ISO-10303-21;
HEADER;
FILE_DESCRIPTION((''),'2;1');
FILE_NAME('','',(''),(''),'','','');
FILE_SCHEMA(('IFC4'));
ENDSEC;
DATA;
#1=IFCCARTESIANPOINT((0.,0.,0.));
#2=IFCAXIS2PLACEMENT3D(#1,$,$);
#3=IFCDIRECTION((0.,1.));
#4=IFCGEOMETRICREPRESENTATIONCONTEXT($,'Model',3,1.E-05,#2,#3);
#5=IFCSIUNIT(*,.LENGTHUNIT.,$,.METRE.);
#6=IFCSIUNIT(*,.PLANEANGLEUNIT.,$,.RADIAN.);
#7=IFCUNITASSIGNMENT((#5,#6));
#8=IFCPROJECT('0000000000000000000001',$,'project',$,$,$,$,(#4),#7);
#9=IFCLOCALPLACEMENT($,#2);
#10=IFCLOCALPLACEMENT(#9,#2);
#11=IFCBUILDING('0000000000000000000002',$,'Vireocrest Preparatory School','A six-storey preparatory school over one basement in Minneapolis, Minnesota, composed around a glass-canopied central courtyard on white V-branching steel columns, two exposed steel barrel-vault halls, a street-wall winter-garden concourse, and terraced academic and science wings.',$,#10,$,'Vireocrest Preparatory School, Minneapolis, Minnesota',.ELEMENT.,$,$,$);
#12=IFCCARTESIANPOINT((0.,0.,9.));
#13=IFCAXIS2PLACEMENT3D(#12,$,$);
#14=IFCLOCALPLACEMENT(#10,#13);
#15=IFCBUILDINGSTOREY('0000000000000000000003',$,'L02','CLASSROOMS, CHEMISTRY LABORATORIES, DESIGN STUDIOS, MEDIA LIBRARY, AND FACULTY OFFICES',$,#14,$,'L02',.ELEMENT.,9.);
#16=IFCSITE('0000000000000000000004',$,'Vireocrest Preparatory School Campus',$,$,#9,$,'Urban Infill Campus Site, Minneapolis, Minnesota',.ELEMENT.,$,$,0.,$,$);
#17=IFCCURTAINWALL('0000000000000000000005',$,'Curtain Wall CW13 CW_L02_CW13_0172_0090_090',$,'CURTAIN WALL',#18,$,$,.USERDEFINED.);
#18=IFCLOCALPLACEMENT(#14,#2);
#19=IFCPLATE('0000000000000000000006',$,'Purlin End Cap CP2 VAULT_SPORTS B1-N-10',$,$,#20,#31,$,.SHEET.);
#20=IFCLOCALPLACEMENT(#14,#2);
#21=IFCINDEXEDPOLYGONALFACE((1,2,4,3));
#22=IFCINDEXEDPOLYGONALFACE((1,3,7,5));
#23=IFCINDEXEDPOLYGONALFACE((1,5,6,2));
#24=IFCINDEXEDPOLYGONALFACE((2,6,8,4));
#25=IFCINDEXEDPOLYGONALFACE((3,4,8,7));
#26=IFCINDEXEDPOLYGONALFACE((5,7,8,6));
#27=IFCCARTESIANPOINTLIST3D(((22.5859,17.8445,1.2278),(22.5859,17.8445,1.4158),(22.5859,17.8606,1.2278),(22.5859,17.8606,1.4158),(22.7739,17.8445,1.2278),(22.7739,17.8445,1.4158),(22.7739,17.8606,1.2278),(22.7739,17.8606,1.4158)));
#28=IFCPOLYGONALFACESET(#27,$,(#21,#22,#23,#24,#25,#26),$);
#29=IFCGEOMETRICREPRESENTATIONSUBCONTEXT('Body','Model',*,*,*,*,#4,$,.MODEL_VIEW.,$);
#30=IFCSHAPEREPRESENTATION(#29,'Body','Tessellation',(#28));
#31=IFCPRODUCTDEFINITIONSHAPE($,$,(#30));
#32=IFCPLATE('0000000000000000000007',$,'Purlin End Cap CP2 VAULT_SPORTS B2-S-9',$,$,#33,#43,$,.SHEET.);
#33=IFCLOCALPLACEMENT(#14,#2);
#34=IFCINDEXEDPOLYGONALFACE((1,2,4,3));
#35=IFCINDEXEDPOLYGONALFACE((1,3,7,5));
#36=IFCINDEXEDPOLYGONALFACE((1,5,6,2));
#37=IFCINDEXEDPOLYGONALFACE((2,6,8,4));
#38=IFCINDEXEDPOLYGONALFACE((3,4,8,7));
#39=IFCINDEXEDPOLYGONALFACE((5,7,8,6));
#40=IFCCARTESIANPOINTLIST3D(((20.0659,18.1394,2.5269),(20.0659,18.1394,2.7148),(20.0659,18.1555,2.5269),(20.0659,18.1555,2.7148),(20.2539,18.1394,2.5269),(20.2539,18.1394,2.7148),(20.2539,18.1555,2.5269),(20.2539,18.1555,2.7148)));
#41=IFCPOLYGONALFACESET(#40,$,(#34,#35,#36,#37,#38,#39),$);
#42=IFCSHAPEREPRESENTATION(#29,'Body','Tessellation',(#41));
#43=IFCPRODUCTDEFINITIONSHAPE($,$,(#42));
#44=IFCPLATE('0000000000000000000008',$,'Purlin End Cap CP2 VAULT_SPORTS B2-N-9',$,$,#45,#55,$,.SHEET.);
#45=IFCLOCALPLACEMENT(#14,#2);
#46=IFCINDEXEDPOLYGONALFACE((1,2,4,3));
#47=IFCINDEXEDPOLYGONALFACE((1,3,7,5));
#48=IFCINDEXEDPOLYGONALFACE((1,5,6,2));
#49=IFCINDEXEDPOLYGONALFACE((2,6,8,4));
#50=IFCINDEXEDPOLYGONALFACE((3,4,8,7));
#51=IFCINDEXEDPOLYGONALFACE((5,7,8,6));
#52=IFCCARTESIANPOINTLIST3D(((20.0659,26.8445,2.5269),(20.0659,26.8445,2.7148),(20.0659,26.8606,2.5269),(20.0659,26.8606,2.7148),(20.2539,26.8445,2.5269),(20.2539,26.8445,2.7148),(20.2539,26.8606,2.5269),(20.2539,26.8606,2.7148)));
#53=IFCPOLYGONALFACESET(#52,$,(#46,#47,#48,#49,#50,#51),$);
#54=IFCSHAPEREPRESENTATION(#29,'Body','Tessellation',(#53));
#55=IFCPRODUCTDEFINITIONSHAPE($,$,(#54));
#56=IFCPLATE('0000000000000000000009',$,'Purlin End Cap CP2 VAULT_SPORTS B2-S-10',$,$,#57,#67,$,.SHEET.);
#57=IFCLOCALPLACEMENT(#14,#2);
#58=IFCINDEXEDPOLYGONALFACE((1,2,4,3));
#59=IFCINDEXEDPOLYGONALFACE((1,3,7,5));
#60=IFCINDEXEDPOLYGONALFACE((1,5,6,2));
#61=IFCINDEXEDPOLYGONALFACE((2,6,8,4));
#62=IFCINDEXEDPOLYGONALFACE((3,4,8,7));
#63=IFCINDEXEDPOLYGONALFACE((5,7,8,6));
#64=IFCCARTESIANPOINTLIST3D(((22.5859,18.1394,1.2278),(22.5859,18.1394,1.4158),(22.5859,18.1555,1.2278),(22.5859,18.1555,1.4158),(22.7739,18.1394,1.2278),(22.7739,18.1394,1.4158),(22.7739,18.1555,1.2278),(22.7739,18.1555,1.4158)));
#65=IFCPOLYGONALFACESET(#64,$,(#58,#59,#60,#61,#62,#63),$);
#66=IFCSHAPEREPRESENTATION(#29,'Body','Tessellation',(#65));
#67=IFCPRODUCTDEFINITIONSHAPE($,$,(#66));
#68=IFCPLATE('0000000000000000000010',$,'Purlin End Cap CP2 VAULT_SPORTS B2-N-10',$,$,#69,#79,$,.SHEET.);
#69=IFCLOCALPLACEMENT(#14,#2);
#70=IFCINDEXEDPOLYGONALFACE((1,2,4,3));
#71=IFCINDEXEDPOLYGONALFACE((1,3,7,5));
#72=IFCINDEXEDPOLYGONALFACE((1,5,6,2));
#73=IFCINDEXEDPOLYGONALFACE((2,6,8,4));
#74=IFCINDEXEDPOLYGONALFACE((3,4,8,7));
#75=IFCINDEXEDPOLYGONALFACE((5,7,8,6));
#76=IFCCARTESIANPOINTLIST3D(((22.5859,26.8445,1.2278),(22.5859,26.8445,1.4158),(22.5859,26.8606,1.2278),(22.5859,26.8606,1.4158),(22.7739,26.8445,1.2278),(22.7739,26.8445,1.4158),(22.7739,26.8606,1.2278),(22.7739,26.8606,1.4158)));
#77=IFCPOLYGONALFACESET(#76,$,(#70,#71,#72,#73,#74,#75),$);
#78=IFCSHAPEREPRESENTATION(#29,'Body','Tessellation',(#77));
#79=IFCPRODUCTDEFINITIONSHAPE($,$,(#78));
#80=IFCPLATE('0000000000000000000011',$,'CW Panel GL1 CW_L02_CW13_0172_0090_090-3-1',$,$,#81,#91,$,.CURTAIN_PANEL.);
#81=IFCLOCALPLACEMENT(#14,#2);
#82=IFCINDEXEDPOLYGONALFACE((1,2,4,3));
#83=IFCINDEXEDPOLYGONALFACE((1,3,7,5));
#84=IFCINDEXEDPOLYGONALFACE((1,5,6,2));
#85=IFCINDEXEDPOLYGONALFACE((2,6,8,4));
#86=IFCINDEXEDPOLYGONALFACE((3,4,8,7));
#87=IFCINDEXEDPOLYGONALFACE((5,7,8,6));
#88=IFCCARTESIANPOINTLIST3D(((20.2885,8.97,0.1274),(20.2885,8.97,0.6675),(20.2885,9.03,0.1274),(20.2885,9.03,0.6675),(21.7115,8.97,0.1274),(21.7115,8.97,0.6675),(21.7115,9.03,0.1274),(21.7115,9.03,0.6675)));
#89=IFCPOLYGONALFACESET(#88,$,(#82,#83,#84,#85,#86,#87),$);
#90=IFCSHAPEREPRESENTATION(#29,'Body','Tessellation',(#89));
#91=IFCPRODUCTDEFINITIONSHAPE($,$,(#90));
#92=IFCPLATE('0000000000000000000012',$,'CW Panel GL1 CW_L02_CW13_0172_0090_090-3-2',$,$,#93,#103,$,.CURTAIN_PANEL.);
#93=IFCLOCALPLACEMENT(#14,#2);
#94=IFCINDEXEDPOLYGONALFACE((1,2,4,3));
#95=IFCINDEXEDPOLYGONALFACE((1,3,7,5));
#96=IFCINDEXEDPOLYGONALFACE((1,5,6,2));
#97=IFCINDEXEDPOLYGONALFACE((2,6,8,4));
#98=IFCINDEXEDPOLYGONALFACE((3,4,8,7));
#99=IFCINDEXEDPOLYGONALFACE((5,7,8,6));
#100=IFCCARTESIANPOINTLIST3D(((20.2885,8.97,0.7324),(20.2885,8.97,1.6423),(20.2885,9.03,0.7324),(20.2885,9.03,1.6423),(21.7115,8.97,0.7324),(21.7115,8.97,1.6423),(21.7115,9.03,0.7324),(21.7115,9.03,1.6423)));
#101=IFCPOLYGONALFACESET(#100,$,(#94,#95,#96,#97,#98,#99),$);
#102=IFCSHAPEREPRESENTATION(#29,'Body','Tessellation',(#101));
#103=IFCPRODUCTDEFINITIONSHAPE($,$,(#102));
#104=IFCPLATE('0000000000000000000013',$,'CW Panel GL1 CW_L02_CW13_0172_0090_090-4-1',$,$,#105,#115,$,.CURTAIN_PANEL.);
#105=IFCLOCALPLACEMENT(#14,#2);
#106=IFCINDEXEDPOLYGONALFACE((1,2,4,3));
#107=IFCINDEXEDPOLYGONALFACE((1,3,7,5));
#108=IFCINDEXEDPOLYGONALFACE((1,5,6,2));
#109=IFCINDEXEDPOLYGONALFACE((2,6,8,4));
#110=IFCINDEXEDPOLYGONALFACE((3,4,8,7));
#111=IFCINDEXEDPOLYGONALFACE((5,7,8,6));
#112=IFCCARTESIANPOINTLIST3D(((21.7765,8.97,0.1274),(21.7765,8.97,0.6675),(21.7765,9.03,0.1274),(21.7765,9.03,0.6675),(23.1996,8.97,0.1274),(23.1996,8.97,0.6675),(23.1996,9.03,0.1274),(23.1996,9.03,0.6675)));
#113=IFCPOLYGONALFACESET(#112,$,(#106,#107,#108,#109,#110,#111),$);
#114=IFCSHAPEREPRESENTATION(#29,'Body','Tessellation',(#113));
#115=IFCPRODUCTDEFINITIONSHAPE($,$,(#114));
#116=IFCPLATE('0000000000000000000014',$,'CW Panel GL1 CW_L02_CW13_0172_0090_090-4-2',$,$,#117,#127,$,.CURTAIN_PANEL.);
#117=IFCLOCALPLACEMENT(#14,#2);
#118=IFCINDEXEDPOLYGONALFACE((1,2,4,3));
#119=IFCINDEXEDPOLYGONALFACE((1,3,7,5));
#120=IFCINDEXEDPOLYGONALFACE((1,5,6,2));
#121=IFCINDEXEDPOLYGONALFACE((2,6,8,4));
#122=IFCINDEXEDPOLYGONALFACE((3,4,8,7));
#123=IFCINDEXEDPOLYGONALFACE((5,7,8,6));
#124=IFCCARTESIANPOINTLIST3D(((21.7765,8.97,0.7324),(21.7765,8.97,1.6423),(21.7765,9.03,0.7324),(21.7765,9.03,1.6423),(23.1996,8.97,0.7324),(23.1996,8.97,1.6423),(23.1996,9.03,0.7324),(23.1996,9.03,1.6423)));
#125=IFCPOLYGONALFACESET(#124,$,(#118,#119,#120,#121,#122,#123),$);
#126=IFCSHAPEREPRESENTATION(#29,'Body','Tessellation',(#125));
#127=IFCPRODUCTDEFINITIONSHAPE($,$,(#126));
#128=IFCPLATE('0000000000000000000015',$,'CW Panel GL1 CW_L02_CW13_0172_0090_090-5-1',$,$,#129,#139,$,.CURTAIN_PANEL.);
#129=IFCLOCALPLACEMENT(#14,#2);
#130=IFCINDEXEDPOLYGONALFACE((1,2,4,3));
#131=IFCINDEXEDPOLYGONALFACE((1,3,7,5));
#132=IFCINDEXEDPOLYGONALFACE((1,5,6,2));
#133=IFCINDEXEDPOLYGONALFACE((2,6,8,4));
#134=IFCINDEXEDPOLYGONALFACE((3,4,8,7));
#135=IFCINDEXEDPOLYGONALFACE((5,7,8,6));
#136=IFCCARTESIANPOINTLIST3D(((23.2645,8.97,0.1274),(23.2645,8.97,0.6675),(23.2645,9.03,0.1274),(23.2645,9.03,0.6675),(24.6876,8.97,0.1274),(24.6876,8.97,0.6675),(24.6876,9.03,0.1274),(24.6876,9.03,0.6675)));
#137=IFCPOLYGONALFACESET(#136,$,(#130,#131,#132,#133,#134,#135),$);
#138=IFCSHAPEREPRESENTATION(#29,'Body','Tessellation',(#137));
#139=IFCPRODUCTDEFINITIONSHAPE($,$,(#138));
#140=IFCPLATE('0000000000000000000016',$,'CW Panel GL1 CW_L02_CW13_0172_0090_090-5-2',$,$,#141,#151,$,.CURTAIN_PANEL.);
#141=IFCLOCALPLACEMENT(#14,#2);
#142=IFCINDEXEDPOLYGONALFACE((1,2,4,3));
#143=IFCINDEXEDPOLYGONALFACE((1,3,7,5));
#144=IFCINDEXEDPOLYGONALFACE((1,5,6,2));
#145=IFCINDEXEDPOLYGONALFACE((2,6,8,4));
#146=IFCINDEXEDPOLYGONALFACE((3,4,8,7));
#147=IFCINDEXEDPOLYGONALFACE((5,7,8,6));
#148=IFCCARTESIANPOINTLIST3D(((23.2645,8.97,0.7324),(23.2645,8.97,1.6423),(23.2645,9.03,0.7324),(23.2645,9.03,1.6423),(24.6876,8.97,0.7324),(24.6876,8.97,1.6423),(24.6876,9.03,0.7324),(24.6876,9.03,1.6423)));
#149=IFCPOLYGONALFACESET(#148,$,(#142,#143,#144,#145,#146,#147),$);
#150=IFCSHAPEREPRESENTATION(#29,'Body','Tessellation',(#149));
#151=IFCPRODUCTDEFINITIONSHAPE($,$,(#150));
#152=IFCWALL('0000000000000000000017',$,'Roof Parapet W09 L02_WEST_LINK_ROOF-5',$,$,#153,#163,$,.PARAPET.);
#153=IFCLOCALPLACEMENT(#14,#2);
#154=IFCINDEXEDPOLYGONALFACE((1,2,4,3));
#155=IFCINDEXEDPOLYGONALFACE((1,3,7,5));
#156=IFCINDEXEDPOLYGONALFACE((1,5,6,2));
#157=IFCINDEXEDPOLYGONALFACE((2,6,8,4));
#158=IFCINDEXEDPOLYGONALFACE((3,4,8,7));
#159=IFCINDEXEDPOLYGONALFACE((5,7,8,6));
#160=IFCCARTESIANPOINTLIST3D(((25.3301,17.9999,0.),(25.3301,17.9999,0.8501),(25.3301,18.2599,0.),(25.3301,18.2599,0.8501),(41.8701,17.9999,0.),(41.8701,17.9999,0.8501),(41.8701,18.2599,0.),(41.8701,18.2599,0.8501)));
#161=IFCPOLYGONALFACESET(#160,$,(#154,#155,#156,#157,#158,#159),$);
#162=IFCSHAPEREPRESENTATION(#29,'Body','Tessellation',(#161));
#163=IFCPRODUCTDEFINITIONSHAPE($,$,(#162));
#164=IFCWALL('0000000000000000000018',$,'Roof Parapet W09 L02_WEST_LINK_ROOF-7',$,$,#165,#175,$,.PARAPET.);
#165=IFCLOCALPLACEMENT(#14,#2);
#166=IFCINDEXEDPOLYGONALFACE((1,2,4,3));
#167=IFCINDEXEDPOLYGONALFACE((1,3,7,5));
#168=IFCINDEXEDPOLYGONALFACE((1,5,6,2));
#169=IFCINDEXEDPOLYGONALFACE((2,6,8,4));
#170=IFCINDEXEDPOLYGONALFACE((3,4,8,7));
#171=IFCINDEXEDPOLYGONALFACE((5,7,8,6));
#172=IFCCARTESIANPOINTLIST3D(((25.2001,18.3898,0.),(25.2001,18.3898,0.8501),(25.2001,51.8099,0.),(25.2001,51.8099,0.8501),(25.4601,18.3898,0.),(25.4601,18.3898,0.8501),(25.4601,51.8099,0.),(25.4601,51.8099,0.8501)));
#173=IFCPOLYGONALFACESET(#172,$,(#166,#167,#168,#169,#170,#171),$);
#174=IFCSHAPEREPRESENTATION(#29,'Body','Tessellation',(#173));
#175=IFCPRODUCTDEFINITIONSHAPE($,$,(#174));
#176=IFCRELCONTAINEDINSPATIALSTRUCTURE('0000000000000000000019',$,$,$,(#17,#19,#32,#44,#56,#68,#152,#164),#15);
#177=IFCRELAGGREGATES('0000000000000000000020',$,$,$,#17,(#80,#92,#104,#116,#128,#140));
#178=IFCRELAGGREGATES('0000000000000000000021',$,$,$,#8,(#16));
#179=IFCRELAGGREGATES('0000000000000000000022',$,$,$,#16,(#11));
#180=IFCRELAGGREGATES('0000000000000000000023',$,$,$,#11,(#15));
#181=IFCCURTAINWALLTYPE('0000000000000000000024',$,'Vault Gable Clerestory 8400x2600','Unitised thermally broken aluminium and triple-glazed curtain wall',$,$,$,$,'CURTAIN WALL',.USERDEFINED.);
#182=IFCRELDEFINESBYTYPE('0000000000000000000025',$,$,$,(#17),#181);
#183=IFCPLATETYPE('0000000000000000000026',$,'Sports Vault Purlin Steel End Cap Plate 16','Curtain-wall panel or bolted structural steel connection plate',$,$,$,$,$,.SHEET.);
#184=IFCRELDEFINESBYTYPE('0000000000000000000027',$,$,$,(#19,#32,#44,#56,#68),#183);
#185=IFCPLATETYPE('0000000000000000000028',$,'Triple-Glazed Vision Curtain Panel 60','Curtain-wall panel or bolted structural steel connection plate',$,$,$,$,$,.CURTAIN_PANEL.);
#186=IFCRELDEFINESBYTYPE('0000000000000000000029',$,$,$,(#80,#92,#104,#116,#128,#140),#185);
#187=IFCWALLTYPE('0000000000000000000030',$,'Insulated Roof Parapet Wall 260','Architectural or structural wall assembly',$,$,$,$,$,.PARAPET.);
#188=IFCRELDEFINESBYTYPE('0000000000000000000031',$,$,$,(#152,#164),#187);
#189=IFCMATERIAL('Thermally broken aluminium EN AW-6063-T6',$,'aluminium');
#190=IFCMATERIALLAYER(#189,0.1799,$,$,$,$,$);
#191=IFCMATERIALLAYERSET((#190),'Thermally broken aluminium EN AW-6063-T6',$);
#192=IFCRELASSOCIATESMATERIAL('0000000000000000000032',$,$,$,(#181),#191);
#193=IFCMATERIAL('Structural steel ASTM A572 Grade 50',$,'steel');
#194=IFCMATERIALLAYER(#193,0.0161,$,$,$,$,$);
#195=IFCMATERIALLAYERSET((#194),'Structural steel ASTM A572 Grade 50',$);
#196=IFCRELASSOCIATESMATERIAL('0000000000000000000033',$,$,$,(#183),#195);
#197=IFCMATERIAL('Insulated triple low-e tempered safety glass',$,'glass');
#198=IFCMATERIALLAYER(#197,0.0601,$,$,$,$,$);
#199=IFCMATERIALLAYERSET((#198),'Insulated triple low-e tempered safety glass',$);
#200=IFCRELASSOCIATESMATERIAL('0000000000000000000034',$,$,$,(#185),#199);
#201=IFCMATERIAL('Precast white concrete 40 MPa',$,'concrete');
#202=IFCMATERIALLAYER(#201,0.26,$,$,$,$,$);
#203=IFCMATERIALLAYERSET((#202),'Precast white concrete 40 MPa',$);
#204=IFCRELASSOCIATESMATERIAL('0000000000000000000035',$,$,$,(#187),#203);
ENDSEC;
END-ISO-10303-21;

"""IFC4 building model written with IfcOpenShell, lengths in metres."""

from ifc_helpers import new_model, si_unit, direction, frame, frame_2d, origin, origin_2d, place, context, subcontext, project, spatial, rectangle, extrude, material, layer, layer_set, type_object, element, aggregate, save


model = new_model("IFC4")

# Units and contexts
model_context = context("Model", 3, precision=1e-05, world=origin(), true_north=direction((0.0, 1.0)))
body_context = subcontext(model_context, "Body", "Model", "MODEL_VIEW")
ifc_project = project(units=[si_unit("LENGTHUNIT", "METRE"), si_unit("PLANEANGLEUNIT", "RADIAN")], contexts=[model_context])

# Site, building, storey
site_placement = place(None, origin())
site = spatial("IfcSite", under=ifc_project, at=site_placement, Name="Vireocrest Preparatory School Campus", LongName="Urban Infill Campus Site, Minneapolis, Minnesota", CompositionType="ELEMENT", RefElevation=0.0)
building_placement = place(site_placement, origin())
building = spatial("IfcBuilding", under=site, at=building_placement, Name="Vireocrest Preparatory School", Description="A six-storey preparatory school over one basement in Minneapolis, Minnesota, composed around a glass-canopied central courtyard on white V-branching steel columns, two exposed steel barrel-vault halls, a street-wall winter-garden concourse, and terraced academic and science wings.", LongName="Vireocrest Preparatory School, Minneapolis, Minnesota", CompositionType="ELEMENT")
storey_placement = place(building_placement, frame((0.0, 0.0, 9.0)))
storey = spatial("IfcBuildingStorey", under=building, at=storey_placement, Name="L02", Description="CLASSROOMS, CHEMISTRY LABORATORIES, DESIGN STUDIOS, MEDIA LIBRARY, AND FACULTY OFFICES", LongName="L02", CompositionType="ELEMENT", Elevation=9.0)

# Curtain wall
ifc_material_1 = material(Name="Thermally broken aluminium EN AW-6063-T6", Category="aluminium")
ifc_layer_1 = layer(ifc_material_1, 0.1799)
ifc_layer_set_1 = layer_set([ifc_layer_1], Name="Thermally broken aluminium EN AW-6063-T6")
curtain_wall_type = type_object("IfcCurtainWallType", Name="Vault Gable Clerestory 8400x2600", Description="Unitised thermally broken aluminium and triple-glazed curtain wall", ElementType="CURTAIN WALL", PredefinedType="USERDEFINED", material=ifc_layer_set_1)
curtain_wall_placement = place(storey_placement, origin())
curtain_wall = element("IfcCurtainWall", 1, at=curtain_wall_placement, inside=storey, type_object=curtain_wall_type, Name="Curtain Wall CW13 CW_L02_CW13_0172_0090_090", ObjectType="CURTAIN WALL", PredefinedType="USERDEFINED")

# Plates
ifc_material_2 = material(Name="Structural steel ASTM A572 Grade 50", Category="steel")
ifc_layer_2 = layer(ifc_material_2, 0.0161)
ifc_layer_set_2 = layer_set([ifc_layer_2], Name="Structural steel ASTM A572 Grade 50")
plate_type_1 = type_object("IfcPlateType", Name="Sports Vault Purlin Steel End Cap Plate 16", Description="Curtain-wall panel or bolted structural steel connection plate", PredefinedType="SHEET", material=ifc_layer_set_2)
for number, where, z_axis, x_axis, name in (
    (2, (22.6799, 17.8525, 1.2278), (0.0, 0.0, 1.0), (1.0, 0.0, 0.0), "Purlin End Cap CP2 VAULT_SPORTS B1-N-10"),
    (3, (20.1599, 18.1475, 2.5269), (0.0, 0.0, 1.0), (1.0, 0.0, 0.0), "Purlin End Cap CP2 VAULT_SPORTS B2-S-9"),
    (4, (20.1599, 26.8525, 2.5269), (0.0, 0.0, 1.0), (1.0, 0.0, 0.0), "Purlin End Cap CP2 VAULT_SPORTS B2-N-9"),
    (5, (22.6799, 18.1475, 1.2278), (0.0, 0.0, 1.0), (1.0, 0.0, 0.0), "Purlin End Cap CP2 VAULT_SPORTS B2-S-10"),
    (6, (22.6799, 26.8525, 1.2278), (0.0, 0.0, 1.0), (1.0, 0.0, 0.0), "Purlin End Cap CP2 VAULT_SPORTS B2-N-10"),
):
    element("IfcPlate", number, at=place(storey_placement, frame(where, z_axis=z_axis, x_axis=x_axis)), inside=storey, type_object=plate_type_1, Name=name, PredefinedType="SHEET", context=body_context, shape_type="SweptSolid", body=[
        extrude(rectangle(XDim=0.188, YDim=0.0161, at=origin_2d()), origin(), (0.0, 0.0, 1.0), 0.188),
    ])

# Plates
ifc_material_3 = material(Name="Insulated triple low-e tempered safety glass", Category="glass")
ifc_layer_3 = layer(ifc_material_3, 0.0601)
ifc_layer_set_3 = layer_set([ifc_layer_3], Name="Insulated triple low-e tempered safety glass")
plate_type_2 = type_object("IfcPlateType", Name="Triple-Glazed Vision Curtain Panel 60", Description="Curtain-wall panel or bolted structural steel connection plate", PredefinedType="CURTAIN_PANEL", material=ifc_layer_set_3)
plate_1_placement = place(storey_placement, frame((21.0, 9.0, 0.1274), z_axis=(0.0, 0.0, 1.0), x_axis=(1.0, 0.0, 0.0)))
plate_1 = element("IfcPlate", 7, at=plate_1_placement, type_object=plate_type_2, Name="CW Panel GL1 CW_L02_CW13_0172_0090_090-3-1", PredefinedType="CURTAIN_PANEL", context=body_context, shape_type="SweptSolid", body=[
    extrude(rectangle(XDim=1.4231, YDim=0.0601, at=origin_2d()), origin(), (0.0, 0.0, 1.0), 0.54),
])
plate_2_placement = place(storey_placement, frame((21.0, 9.0, 0.7324), z_axis=(0.0, 0.0, 1.0), x_axis=(1.0, 0.0, 0.0)))
plate_2 = element("IfcPlate", 8, at=plate_2_placement, type_object=plate_type_2, Name="CW Panel GL1 CW_L02_CW13_0172_0090_090-3-2", PredefinedType="CURTAIN_PANEL", context=body_context, shape_type="SweptSolid", body=[
    extrude(rectangle(XDim=1.4231, YDim=0.0601, at=origin_2d()), origin(), (0.0, 0.0, 1.0), 0.9099),
])
plate_3_placement = place(storey_placement, frame((22.488, 9.0, 0.1274), z_axis=(0.0, 0.0, 1.0), x_axis=(1.0, 0.0, 0.0)))
plate_3 = element("IfcPlate", 9, at=plate_3_placement, type_object=plate_type_2, Name="CW Panel GL1 CW_L02_CW13_0172_0090_090-4-1", PredefinedType="CURTAIN_PANEL", context=body_context, shape_type="SweptSolid", body=[
    extrude(rectangle(XDim=1.4231, YDim=0.0601, at=origin_2d()), origin(), (0.0, 0.0, 1.0), 0.54),
])
plate_4_placement = place(storey_placement, frame((22.488, 9.0, 0.7324), z_axis=(0.0, 0.0, 1.0), x_axis=(1.0, 0.0, 0.0)))
plate_4 = element("IfcPlate", 10, at=plate_4_placement, type_object=plate_type_2, Name="CW Panel GL1 CW_L02_CW13_0172_0090_090-4-2", PredefinedType="CURTAIN_PANEL", context=body_context, shape_type="SweptSolid", body=[
    extrude(rectangle(XDim=1.4231, YDim=0.0601, at=origin_2d()), origin(), (0.0, 0.0, 1.0), 0.9099),
])
plate_5_placement = place(storey_placement, frame((23.9761, 9.0, 0.1274), z_axis=(0.0, 0.0, 1.0), x_axis=(1.0, 0.0, 0.0)))
plate_5 = element("IfcPlate", 11, at=plate_5_placement, type_object=plate_type_2, Name="CW Panel GL1 CW_L02_CW13_0172_0090_090-5-1", PredefinedType="CURTAIN_PANEL", context=body_context, shape_type="SweptSolid", body=[
    extrude(rectangle(XDim=1.4231, YDim=0.0601, at=origin_2d()), origin(), (0.0, 0.0, 1.0), 0.54),
])
plate_6_placement = place(storey_placement, frame((23.9761, 9.0, 0.7324), z_axis=(0.0, 0.0, 1.0), x_axis=(1.0, 0.0, 0.0)))
plate_6 = element("IfcPlate", 12, at=plate_6_placement, type_object=plate_type_2, Name="CW Panel GL1 CW_L02_CW13_0172_0090_090-5-2", PredefinedType="CURTAIN_PANEL", context=body_context, shape_type="SweptSolid", body=[
    extrude(rectangle(XDim=1.4231, YDim=0.0601, at=origin_2d()), origin(), (0.0, 0.0, 1.0), 0.9099),
])
aggregate(curtain_wall, [plate_1, plate_2, plate_3, plate_4, plate_5, plate_6])

# Walls
ifc_material_4 = material(Name="Precast white concrete 40 MPa", Category="concrete")
ifc_layer_4 = layer(ifc_material_4, 0.26)
ifc_layer_set_4 = layer_set([ifc_layer_4], Name="Precast white concrete 40 MPa")
wall_type = type_object("IfcWallType", Name="Insulated Roof Parapet Wall 260", Description="Architectural or structural wall assembly", PredefinedType="PARAPET", material=ifc_layer_set_4)
wall_1_placement = place(storey_placement, frame((25.3301, 18.1299, 0.0), z_axis=(0.0, 0.0, 1.0), x_axis=(1.0, 0.0, 0.0)))
element("IfcWall", 13, at=wall_1_placement, inside=storey, type_object=wall_type, Name="Roof Parapet W09 L02_WEST_LINK_ROOF-5", PredefinedType="PARAPET", context=body_context, shape_type="SweptSolid", body=[
    extrude(rectangle(XDim=16.54, YDim=0.26, at=frame_2d((8.27, 0.0))), origin(), (0.0, 0.0, 1.0), 0.8501),
])
wall_2_placement = place(storey_placement, frame((25.3301, 18.3899, 0.0), z_axis=(0.0, 0.0, 1.0), x_axis=(0.0, 1.0, 0.0)))
element("IfcWall", 14, at=wall_2_placement, inside=storey, type_object=wall_type, Name="Roof Parapet W09 L02_WEST_LINK_ROOF-7", PredefinedType="PARAPET", context=body_context, shape_type="SweptSolid", body=[
    extrude(rectangle(XDim=33.4202, YDim=0.26, at=frame_2d((16.71, 0.0))), origin(), (0.0, 0.0, 1.0), 0.8501),
])

save(model, "model.ifc")
